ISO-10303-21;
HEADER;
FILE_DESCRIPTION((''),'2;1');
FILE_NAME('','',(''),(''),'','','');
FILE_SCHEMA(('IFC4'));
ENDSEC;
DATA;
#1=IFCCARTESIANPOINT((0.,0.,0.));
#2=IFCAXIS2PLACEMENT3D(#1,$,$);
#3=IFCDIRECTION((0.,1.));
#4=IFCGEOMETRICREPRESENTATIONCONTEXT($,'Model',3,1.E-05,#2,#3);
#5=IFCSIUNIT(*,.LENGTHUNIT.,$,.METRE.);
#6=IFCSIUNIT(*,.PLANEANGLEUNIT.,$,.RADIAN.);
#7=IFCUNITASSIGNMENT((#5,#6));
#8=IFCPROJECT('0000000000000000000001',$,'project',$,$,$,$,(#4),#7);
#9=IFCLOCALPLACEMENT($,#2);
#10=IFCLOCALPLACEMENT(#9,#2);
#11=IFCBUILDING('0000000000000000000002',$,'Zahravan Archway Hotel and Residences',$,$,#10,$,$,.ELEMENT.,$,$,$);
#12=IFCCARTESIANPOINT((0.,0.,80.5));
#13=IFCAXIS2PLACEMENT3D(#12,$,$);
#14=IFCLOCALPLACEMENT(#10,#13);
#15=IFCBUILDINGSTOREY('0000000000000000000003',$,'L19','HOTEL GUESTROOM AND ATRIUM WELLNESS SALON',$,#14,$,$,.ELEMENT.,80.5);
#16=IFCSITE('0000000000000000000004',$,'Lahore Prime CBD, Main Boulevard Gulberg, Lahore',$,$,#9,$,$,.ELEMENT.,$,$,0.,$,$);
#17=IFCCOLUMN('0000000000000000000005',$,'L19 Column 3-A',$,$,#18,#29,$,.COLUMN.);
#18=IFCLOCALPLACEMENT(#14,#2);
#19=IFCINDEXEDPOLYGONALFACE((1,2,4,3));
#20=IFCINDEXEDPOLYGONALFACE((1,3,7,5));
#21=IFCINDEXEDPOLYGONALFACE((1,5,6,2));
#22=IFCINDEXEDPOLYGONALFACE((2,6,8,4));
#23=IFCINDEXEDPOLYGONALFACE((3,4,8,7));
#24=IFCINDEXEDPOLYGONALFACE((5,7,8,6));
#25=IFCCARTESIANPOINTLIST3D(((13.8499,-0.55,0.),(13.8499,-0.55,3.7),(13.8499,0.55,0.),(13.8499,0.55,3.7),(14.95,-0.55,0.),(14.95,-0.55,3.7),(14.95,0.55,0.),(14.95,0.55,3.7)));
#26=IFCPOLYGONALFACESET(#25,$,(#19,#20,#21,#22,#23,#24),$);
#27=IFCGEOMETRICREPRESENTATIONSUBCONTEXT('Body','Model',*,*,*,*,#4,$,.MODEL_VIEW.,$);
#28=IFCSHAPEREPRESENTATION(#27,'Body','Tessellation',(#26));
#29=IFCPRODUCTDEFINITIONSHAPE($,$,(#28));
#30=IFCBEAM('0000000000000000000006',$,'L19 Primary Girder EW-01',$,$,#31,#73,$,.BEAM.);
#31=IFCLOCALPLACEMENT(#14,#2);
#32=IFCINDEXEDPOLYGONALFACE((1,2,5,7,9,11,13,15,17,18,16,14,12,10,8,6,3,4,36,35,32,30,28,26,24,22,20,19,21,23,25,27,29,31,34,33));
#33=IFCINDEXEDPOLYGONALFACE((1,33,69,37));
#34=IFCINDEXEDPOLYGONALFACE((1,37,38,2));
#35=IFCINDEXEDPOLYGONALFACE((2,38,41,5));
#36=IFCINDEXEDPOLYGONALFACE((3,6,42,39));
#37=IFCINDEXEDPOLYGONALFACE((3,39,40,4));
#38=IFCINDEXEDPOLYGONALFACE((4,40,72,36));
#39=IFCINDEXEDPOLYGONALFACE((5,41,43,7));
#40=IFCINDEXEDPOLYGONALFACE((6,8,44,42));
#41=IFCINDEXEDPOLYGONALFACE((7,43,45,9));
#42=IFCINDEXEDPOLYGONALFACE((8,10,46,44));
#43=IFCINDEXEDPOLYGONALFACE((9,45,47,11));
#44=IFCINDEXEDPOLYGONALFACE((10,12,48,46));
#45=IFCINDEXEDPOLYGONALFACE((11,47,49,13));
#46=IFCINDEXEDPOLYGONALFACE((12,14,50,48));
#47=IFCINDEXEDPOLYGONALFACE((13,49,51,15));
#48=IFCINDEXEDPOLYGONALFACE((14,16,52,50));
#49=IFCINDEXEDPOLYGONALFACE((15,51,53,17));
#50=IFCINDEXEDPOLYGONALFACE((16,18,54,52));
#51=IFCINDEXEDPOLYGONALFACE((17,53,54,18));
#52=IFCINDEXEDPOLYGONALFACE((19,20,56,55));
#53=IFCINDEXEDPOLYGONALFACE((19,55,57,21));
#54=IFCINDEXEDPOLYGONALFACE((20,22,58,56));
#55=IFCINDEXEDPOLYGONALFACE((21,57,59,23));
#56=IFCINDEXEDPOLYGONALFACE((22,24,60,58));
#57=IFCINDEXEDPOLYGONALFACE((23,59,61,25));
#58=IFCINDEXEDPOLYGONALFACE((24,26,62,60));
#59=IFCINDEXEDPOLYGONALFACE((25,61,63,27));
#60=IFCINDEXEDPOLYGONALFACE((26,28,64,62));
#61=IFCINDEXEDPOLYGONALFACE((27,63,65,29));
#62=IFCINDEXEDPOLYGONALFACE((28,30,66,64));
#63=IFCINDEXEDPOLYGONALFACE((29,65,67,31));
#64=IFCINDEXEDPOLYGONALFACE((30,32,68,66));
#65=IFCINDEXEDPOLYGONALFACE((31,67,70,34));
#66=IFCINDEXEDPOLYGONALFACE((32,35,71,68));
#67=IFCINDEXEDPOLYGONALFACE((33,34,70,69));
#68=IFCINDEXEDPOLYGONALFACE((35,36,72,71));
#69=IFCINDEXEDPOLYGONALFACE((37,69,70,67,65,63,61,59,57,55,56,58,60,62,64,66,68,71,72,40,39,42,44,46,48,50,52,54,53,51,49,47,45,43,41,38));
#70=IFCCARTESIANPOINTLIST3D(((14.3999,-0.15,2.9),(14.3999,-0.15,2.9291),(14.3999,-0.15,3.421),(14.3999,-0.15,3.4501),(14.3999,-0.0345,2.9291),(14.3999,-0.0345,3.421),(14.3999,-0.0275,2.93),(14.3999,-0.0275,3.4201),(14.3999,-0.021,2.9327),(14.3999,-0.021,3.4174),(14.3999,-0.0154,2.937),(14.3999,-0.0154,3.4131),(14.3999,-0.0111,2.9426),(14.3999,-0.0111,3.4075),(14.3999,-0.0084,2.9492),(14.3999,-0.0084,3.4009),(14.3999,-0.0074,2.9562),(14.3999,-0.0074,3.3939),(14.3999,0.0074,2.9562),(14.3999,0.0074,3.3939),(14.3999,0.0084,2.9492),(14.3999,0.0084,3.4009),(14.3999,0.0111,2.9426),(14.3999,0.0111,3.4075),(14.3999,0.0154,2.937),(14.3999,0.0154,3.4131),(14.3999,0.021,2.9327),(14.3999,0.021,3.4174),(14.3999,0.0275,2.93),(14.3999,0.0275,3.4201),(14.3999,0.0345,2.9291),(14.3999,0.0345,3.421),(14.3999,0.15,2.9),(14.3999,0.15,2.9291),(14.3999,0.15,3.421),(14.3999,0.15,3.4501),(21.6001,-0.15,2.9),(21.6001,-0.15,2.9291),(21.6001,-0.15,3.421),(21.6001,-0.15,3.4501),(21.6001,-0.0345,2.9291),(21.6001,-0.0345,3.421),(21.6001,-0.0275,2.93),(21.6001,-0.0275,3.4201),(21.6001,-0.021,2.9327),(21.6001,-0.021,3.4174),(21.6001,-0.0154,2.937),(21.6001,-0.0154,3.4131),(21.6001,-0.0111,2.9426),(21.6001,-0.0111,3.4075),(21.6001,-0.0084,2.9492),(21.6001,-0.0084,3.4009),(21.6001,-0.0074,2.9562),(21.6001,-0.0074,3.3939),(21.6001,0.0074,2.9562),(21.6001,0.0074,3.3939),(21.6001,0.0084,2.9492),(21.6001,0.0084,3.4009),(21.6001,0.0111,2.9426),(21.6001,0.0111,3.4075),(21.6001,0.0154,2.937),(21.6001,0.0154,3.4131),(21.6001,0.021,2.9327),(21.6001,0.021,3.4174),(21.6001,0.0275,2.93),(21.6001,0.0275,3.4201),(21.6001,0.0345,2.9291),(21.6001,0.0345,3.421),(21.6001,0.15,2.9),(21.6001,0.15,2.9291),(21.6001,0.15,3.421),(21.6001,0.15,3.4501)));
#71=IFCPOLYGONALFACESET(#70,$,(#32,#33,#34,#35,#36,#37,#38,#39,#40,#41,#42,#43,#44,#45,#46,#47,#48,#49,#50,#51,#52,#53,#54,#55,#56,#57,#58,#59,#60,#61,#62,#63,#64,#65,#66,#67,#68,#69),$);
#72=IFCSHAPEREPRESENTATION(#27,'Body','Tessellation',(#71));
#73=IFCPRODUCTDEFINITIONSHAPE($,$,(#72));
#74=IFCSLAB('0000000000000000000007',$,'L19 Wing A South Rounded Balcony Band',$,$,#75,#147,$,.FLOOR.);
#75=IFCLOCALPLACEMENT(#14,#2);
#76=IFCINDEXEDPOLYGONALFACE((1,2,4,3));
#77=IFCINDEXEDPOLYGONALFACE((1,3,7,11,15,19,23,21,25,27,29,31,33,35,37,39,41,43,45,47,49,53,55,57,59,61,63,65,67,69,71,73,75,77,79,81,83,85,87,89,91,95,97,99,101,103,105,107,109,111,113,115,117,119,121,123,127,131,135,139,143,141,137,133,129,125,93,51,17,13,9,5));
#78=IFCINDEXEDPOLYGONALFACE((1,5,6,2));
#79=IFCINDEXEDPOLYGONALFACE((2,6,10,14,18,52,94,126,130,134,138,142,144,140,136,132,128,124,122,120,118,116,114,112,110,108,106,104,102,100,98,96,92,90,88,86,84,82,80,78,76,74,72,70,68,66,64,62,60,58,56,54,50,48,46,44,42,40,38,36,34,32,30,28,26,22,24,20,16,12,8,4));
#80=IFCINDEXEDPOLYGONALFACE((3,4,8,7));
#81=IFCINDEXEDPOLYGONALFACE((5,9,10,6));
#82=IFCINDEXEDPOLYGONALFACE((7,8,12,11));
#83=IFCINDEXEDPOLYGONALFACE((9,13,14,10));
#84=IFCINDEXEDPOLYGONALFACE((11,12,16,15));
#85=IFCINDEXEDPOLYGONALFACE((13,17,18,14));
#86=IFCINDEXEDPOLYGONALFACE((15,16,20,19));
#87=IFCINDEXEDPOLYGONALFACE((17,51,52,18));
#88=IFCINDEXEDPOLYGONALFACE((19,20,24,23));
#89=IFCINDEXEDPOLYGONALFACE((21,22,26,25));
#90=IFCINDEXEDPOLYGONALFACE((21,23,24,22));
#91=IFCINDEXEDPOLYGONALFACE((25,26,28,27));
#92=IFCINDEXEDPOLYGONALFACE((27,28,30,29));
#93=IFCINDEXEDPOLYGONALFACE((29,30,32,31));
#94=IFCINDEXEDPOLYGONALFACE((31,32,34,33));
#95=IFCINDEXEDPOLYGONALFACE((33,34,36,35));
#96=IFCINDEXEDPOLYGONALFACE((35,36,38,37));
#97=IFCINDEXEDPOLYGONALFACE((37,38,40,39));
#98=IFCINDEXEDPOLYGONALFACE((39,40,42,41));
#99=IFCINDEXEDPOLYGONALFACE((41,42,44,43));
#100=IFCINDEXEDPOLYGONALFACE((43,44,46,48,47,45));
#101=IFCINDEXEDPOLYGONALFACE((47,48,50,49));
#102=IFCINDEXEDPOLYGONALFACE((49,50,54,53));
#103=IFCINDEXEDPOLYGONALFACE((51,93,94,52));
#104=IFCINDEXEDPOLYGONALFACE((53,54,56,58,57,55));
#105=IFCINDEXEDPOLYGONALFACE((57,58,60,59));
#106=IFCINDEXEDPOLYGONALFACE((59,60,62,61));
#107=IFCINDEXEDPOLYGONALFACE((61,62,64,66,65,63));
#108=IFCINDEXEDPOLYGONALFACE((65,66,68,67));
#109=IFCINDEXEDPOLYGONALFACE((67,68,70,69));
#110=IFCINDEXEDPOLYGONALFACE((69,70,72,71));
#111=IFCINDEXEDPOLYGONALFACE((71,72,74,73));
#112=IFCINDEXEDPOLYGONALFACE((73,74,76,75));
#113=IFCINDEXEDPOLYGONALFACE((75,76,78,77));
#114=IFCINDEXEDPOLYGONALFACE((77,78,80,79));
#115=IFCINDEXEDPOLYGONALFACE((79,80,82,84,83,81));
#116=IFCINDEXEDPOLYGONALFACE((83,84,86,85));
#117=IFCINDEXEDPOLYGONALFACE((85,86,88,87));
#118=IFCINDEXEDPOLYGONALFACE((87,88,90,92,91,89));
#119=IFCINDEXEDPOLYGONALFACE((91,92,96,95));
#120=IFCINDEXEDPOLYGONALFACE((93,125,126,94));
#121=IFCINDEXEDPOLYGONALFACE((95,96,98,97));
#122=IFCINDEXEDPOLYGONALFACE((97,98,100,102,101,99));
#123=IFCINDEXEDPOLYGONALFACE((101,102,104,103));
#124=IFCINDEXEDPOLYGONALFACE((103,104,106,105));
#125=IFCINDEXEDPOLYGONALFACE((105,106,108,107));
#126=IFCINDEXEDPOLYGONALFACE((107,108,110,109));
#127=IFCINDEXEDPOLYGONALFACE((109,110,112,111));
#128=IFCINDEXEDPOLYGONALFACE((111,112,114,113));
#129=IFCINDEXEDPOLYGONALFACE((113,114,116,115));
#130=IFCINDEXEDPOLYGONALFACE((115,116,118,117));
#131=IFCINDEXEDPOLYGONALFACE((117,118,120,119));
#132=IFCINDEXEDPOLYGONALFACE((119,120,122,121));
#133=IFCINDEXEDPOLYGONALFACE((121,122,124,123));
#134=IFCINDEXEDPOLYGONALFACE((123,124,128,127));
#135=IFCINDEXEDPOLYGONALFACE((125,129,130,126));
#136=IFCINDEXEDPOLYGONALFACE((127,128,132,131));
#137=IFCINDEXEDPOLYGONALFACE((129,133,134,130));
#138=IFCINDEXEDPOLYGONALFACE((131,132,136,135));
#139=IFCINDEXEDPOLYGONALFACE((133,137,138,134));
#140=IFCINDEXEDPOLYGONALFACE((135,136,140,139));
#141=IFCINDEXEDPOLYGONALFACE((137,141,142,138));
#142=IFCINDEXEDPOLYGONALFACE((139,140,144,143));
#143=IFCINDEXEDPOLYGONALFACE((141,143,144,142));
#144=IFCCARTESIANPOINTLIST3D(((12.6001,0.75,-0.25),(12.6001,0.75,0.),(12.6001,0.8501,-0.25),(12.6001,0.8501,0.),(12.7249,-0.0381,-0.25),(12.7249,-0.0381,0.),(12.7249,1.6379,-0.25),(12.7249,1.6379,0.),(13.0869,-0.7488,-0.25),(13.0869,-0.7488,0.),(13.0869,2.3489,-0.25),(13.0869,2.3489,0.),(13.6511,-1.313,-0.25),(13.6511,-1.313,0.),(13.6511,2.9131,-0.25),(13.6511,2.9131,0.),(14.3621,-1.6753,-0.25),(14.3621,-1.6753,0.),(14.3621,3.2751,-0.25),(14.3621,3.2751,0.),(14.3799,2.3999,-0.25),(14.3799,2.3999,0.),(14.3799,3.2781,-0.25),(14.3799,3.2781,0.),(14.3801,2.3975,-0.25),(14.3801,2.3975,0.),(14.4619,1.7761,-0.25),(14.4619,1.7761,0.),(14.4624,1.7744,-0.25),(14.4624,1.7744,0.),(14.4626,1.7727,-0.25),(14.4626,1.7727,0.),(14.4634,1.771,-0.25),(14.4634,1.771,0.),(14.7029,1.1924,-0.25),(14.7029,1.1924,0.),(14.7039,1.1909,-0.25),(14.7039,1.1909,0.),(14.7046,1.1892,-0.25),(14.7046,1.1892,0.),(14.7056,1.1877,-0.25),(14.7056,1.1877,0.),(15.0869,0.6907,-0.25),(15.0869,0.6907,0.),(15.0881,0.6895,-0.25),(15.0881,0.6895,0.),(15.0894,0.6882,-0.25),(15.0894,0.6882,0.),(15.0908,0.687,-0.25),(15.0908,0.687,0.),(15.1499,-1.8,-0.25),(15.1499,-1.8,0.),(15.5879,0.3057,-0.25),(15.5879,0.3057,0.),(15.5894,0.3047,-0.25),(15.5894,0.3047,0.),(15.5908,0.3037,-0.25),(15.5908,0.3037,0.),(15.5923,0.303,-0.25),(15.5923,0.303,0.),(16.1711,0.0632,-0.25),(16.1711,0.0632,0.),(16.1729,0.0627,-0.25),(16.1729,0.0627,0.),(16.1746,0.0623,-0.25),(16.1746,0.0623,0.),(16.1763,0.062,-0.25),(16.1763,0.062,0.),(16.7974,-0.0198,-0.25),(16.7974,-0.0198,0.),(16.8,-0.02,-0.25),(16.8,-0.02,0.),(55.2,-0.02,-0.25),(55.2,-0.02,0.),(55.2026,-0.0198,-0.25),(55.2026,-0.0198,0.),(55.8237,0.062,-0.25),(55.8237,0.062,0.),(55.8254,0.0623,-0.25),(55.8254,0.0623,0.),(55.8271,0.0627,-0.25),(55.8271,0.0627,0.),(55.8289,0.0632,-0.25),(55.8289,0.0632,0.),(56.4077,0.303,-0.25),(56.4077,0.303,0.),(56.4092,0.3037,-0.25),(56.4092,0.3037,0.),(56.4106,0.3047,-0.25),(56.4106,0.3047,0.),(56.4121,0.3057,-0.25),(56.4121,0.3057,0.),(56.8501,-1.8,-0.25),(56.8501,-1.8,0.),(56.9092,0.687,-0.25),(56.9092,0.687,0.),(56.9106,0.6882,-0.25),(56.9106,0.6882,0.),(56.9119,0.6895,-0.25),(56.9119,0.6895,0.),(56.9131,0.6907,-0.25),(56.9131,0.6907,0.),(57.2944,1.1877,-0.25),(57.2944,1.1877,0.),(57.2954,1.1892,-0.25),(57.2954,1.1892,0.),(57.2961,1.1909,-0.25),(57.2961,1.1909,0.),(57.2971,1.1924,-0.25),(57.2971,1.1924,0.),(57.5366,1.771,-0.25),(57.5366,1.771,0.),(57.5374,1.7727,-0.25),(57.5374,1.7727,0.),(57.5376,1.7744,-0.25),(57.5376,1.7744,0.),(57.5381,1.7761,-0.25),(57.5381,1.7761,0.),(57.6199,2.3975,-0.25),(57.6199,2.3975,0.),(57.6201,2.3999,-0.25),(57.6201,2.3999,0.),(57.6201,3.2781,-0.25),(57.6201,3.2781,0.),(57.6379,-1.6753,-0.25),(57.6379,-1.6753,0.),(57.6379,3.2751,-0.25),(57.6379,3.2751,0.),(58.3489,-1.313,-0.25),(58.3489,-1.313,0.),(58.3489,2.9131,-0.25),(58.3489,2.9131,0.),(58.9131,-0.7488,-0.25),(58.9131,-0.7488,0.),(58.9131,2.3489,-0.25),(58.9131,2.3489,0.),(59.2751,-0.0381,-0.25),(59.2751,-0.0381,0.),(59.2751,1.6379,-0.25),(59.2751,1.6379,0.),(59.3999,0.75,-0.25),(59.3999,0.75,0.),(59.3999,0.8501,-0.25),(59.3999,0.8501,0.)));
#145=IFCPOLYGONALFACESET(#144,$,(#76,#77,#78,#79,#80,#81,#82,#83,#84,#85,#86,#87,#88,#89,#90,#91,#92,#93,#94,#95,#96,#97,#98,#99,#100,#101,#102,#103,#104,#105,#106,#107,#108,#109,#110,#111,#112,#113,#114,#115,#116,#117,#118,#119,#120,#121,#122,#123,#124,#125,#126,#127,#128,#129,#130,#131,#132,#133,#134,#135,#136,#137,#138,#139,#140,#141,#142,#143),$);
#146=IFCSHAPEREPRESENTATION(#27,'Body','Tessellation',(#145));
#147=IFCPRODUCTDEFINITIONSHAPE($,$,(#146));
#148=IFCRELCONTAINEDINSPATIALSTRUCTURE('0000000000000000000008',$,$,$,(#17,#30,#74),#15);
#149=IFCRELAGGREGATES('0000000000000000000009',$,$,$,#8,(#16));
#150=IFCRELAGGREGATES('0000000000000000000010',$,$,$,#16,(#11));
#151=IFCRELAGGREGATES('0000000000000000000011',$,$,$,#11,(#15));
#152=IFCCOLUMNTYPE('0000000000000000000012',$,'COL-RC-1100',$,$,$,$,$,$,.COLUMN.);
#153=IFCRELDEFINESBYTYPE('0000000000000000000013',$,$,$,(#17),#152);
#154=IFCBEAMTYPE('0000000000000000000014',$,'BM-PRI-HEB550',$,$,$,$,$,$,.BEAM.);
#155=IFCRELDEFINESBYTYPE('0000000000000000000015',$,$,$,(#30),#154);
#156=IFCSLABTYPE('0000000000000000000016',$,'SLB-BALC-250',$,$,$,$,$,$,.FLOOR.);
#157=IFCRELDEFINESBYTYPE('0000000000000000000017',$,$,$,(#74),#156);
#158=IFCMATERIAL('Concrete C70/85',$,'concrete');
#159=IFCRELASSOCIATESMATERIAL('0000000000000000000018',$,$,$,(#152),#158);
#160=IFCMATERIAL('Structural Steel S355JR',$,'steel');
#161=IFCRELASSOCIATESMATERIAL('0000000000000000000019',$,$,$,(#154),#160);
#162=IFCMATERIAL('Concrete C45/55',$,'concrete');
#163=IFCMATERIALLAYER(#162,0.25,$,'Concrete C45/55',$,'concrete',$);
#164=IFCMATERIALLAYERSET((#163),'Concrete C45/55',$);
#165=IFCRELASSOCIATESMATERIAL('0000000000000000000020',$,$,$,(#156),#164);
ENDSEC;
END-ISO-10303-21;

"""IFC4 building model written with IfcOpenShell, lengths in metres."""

from ifc_helpers import new_model, si_unit, direction, frame, origin, origin_2d, place, context, subcontext, project, spatial, polyline, rectangle, i_section, outline, extrude, source, transform, mapped, material, layer, layer_set, material_profile, profile_set, type_object, type_shapes, element, save


model = new_model("IFC4")

# Units and contexts
model_context = context("Model", 3, precision=1e-05, world=origin(), true_north=direction((0.0, 1.0)))
body_context = subcontext(model_context, "Body", "Model", "MODEL_VIEW")
ifc_project = project(units=[si_unit("LENGTHUNIT", "METRE"), si_unit("PLANEANGLEUNIT", "RADIAN")], contexts=[model_context])

# Site, building, storey
site_placement = place(None, origin())
site = spatial("IfcSite", under=ifc_project, at=site_placement, Name="Lahore Prime CBD, Main Boulevard Gulberg, Lahore", CompositionType="ELEMENT", RefElevation=0.0)
building_placement = place(site_placement, origin())
building = spatial("IfcBuilding", under=site, at=building_placement, Name="Zahravan Archway Hotel and Residences", CompositionType="ELEMENT")
storey_placement = place(building_placement, frame((0.0, 0.0, 80.5)))
storey = spatial("IfcBuildingStorey", under=building, at=storey_placement, Name="L19", Description="HOTEL GUESTROOM AND ATRIUM WELLNESS SALON", CompositionType="ELEMENT", Elevation=80.5)

# Column
ifc_material_1 = material(Name="Concrete C70/85", Category="concrete")
ifc_material_profile_1 = material_profile(ifc_material_1, rectangle(XDim=1.1001, YDim=1.1001, at=origin_2d()), Name="RC 1100x1100", Category="concrete")
ifc_profile_set_1 = profile_set([ifc_material_profile_1], Name="Concrete C70/85")
column_type = type_object("IfcColumnType", Name="COL-RC-1100", PredefinedType="COLUMN", material=ifc_profile_set_1)
shared_shape_1 = source(origin(), body_context, "Body", "SweptSolid", [
    extrude(rectangle(XDim=1.1001, YDim=1.1001, at=origin_2d()), origin(), (0.0, 0.0, 1.0), 3.7),
])
column_placement = place(storey_placement, frame((14.3999, 0.0, 0.0), z_axis=(0.0, 0.0, 1.0), x_axis=(1.0, 0.0, 0.0)))
element("IfcColumn", 1, at=column_placement, inside=storey, type_object=column_type, Name="L19 Column 3-A", PredefinedType="COLUMN", context=body_context, shape_type="MappedRepresentation", body=[
    mapped(shared_shape_1, transform((0.0, 0.0, 0.0), scale=1.0)),
])

# Beam
ifc_material_2 = material(Name="Structural Steel S355JR", Category="steel")
ifc_material_profile_2 = material_profile(ifc_material_2, i_section(OverallWidth=0.3, OverallDepth=0.55, WebThickness=0.0149, FlangeThickness=0.0291, FilletRadius=0.0271, at=origin_2d()), Name="HEB 550", Category="steel")
ifc_profile_set_2 = profile_set([ifc_material_profile_2], Name="Structural Steel S355JR")
beam_type = type_object("IfcBeamType", Name="BM-PRI-HEB550", PredefinedType="BEAM", material=ifc_profile_set_2)
shared_shape_2 = source(origin(), body_context, "Body", "SweptSolid", [
    extrude(i_section(OverallWidth=0.3, OverallDepth=0.55, WebThickness=0.0149, FlangeThickness=0.0291, FilletRadius=0.0271, at=origin_2d()), origin(), (0.0, 0.0, 1.0), 7.2002),
])
type_shapes(beam_type, [shared_shape_2])
beam_placement = place(storey_placement, frame((14.3999, 0.0, 3.175), z_axis=(1.0, 0.0, 0.0), x_axis=(0.0, 1.0, 0.0)))
element("IfcBeam", 2, at=beam_placement, inside=storey, type_object=beam_type, Name="L19 Primary Girder EW-01", PredefinedType="BEAM", context=body_context, shape_type="MappedRepresentation", body=[
    mapped(shared_shape_2, transform((0.0, 0.0, 0.0), scale=1.0)),
])

# Slab
ifc_material_3 = material(Name="Concrete C45/55", Category="concrete")
ifc_layer_1 = layer(ifc_material_3, 0.25, Name="Concrete C45/55", Category="concrete")
ifc_layer_set_1 = layer_set([ifc_layer_1], Name="Concrete C45/55")
slab_type_1 = type_object("IfcSlabType", Name="SLB-BALC-250", PredefinedType="FLOOR", material=ifc_layer_set_1)
slab_1_placement = place(storey_placement, frame((0.0, 0.0, -0.25)))
element("IfcSlab", 3, at=slab_1_placement, inside=storey, type_object=slab_type_1, Name="L19 Wing A South Rounded Balcony Band", PredefinedType="FLOOR", context=body_context, shape_type="SweptSolid", body=[
    extrude(outline(polyline([(57.6379, 3.2751), (58.3489, 2.9131), (58.9131, 2.3489), (59.2751, 1.6379), (59.3999, 0.8501), (59.3999, 0.75), (59.2751, -0.0381), (58.9131, -0.7488), (58.3489, -1.313), (57.6379, -1.6753), (56.8501, -1.8), (15.1499, -1.8), (14.3621, -1.6753), (13.6511, -1.313), (13.0869, -0.7488), (12.7249, -0.0381), (12.6001, 0.75), (12.6001, 0.8501), (12.7249, 1.6379), (13.0869, 2.3489), (13.6511, 2.9131), (14.3621, 3.2751), (14.3799, 3.2781), (14.3799, 2.3999), (14.3801, 2.3975), (14.4619, 1.7761), (14.4624, 1.7744), (14.4626, 1.7727), (14.4634, 1.771), (14.7029, 1.1924), (14.7039, 1.1909), (14.7046, 1.1892), (14.7056, 1.1877), (15.0869, 0.6907), (15.0881, 0.6895), (15.0894, 0.6882), (15.0908, 0.687), (15.5879, 0.3057), (15.5894, 0.3047), (15.5908, 0.3037), (15.5923, 0.303), (16.1711, 0.0632), (16.1729, 0.0627), (16.1746, 0.0623), (16.1763, 0.062), (16.7974, -0.0198), (16.8, -0.02), (55.2, -0.02), (55.2026, -0.0198), (55.8237, 0.062), (55.8254, 0.0623), (55.8271, 0.0627), (55.8289, 0.0632), (56.4077, 0.303), (56.4092, 0.3037), (56.4106, 0.3047), (56.4121, 0.3057), (56.9092, 0.687), (56.9106, 0.6882), (56.9119, 0.6895), (56.9131, 0.6907), (57.2944, 1.1877), (57.2954, 1.1892), (57.2961, 1.1909), (57.2971, 1.1924), (57.5366, 1.771), (57.5374, 1.7727), (57.5376, 1.7744), (57.5381, 1.7761), (57.6199, 2.3975), (57.6201, 2.3999), (57.6201, 3.2781), (57.6379, 3.2751)])), origin(), (0.0, 0.0, 1.0), 0.25),
])

save(model, "model.ifc")
